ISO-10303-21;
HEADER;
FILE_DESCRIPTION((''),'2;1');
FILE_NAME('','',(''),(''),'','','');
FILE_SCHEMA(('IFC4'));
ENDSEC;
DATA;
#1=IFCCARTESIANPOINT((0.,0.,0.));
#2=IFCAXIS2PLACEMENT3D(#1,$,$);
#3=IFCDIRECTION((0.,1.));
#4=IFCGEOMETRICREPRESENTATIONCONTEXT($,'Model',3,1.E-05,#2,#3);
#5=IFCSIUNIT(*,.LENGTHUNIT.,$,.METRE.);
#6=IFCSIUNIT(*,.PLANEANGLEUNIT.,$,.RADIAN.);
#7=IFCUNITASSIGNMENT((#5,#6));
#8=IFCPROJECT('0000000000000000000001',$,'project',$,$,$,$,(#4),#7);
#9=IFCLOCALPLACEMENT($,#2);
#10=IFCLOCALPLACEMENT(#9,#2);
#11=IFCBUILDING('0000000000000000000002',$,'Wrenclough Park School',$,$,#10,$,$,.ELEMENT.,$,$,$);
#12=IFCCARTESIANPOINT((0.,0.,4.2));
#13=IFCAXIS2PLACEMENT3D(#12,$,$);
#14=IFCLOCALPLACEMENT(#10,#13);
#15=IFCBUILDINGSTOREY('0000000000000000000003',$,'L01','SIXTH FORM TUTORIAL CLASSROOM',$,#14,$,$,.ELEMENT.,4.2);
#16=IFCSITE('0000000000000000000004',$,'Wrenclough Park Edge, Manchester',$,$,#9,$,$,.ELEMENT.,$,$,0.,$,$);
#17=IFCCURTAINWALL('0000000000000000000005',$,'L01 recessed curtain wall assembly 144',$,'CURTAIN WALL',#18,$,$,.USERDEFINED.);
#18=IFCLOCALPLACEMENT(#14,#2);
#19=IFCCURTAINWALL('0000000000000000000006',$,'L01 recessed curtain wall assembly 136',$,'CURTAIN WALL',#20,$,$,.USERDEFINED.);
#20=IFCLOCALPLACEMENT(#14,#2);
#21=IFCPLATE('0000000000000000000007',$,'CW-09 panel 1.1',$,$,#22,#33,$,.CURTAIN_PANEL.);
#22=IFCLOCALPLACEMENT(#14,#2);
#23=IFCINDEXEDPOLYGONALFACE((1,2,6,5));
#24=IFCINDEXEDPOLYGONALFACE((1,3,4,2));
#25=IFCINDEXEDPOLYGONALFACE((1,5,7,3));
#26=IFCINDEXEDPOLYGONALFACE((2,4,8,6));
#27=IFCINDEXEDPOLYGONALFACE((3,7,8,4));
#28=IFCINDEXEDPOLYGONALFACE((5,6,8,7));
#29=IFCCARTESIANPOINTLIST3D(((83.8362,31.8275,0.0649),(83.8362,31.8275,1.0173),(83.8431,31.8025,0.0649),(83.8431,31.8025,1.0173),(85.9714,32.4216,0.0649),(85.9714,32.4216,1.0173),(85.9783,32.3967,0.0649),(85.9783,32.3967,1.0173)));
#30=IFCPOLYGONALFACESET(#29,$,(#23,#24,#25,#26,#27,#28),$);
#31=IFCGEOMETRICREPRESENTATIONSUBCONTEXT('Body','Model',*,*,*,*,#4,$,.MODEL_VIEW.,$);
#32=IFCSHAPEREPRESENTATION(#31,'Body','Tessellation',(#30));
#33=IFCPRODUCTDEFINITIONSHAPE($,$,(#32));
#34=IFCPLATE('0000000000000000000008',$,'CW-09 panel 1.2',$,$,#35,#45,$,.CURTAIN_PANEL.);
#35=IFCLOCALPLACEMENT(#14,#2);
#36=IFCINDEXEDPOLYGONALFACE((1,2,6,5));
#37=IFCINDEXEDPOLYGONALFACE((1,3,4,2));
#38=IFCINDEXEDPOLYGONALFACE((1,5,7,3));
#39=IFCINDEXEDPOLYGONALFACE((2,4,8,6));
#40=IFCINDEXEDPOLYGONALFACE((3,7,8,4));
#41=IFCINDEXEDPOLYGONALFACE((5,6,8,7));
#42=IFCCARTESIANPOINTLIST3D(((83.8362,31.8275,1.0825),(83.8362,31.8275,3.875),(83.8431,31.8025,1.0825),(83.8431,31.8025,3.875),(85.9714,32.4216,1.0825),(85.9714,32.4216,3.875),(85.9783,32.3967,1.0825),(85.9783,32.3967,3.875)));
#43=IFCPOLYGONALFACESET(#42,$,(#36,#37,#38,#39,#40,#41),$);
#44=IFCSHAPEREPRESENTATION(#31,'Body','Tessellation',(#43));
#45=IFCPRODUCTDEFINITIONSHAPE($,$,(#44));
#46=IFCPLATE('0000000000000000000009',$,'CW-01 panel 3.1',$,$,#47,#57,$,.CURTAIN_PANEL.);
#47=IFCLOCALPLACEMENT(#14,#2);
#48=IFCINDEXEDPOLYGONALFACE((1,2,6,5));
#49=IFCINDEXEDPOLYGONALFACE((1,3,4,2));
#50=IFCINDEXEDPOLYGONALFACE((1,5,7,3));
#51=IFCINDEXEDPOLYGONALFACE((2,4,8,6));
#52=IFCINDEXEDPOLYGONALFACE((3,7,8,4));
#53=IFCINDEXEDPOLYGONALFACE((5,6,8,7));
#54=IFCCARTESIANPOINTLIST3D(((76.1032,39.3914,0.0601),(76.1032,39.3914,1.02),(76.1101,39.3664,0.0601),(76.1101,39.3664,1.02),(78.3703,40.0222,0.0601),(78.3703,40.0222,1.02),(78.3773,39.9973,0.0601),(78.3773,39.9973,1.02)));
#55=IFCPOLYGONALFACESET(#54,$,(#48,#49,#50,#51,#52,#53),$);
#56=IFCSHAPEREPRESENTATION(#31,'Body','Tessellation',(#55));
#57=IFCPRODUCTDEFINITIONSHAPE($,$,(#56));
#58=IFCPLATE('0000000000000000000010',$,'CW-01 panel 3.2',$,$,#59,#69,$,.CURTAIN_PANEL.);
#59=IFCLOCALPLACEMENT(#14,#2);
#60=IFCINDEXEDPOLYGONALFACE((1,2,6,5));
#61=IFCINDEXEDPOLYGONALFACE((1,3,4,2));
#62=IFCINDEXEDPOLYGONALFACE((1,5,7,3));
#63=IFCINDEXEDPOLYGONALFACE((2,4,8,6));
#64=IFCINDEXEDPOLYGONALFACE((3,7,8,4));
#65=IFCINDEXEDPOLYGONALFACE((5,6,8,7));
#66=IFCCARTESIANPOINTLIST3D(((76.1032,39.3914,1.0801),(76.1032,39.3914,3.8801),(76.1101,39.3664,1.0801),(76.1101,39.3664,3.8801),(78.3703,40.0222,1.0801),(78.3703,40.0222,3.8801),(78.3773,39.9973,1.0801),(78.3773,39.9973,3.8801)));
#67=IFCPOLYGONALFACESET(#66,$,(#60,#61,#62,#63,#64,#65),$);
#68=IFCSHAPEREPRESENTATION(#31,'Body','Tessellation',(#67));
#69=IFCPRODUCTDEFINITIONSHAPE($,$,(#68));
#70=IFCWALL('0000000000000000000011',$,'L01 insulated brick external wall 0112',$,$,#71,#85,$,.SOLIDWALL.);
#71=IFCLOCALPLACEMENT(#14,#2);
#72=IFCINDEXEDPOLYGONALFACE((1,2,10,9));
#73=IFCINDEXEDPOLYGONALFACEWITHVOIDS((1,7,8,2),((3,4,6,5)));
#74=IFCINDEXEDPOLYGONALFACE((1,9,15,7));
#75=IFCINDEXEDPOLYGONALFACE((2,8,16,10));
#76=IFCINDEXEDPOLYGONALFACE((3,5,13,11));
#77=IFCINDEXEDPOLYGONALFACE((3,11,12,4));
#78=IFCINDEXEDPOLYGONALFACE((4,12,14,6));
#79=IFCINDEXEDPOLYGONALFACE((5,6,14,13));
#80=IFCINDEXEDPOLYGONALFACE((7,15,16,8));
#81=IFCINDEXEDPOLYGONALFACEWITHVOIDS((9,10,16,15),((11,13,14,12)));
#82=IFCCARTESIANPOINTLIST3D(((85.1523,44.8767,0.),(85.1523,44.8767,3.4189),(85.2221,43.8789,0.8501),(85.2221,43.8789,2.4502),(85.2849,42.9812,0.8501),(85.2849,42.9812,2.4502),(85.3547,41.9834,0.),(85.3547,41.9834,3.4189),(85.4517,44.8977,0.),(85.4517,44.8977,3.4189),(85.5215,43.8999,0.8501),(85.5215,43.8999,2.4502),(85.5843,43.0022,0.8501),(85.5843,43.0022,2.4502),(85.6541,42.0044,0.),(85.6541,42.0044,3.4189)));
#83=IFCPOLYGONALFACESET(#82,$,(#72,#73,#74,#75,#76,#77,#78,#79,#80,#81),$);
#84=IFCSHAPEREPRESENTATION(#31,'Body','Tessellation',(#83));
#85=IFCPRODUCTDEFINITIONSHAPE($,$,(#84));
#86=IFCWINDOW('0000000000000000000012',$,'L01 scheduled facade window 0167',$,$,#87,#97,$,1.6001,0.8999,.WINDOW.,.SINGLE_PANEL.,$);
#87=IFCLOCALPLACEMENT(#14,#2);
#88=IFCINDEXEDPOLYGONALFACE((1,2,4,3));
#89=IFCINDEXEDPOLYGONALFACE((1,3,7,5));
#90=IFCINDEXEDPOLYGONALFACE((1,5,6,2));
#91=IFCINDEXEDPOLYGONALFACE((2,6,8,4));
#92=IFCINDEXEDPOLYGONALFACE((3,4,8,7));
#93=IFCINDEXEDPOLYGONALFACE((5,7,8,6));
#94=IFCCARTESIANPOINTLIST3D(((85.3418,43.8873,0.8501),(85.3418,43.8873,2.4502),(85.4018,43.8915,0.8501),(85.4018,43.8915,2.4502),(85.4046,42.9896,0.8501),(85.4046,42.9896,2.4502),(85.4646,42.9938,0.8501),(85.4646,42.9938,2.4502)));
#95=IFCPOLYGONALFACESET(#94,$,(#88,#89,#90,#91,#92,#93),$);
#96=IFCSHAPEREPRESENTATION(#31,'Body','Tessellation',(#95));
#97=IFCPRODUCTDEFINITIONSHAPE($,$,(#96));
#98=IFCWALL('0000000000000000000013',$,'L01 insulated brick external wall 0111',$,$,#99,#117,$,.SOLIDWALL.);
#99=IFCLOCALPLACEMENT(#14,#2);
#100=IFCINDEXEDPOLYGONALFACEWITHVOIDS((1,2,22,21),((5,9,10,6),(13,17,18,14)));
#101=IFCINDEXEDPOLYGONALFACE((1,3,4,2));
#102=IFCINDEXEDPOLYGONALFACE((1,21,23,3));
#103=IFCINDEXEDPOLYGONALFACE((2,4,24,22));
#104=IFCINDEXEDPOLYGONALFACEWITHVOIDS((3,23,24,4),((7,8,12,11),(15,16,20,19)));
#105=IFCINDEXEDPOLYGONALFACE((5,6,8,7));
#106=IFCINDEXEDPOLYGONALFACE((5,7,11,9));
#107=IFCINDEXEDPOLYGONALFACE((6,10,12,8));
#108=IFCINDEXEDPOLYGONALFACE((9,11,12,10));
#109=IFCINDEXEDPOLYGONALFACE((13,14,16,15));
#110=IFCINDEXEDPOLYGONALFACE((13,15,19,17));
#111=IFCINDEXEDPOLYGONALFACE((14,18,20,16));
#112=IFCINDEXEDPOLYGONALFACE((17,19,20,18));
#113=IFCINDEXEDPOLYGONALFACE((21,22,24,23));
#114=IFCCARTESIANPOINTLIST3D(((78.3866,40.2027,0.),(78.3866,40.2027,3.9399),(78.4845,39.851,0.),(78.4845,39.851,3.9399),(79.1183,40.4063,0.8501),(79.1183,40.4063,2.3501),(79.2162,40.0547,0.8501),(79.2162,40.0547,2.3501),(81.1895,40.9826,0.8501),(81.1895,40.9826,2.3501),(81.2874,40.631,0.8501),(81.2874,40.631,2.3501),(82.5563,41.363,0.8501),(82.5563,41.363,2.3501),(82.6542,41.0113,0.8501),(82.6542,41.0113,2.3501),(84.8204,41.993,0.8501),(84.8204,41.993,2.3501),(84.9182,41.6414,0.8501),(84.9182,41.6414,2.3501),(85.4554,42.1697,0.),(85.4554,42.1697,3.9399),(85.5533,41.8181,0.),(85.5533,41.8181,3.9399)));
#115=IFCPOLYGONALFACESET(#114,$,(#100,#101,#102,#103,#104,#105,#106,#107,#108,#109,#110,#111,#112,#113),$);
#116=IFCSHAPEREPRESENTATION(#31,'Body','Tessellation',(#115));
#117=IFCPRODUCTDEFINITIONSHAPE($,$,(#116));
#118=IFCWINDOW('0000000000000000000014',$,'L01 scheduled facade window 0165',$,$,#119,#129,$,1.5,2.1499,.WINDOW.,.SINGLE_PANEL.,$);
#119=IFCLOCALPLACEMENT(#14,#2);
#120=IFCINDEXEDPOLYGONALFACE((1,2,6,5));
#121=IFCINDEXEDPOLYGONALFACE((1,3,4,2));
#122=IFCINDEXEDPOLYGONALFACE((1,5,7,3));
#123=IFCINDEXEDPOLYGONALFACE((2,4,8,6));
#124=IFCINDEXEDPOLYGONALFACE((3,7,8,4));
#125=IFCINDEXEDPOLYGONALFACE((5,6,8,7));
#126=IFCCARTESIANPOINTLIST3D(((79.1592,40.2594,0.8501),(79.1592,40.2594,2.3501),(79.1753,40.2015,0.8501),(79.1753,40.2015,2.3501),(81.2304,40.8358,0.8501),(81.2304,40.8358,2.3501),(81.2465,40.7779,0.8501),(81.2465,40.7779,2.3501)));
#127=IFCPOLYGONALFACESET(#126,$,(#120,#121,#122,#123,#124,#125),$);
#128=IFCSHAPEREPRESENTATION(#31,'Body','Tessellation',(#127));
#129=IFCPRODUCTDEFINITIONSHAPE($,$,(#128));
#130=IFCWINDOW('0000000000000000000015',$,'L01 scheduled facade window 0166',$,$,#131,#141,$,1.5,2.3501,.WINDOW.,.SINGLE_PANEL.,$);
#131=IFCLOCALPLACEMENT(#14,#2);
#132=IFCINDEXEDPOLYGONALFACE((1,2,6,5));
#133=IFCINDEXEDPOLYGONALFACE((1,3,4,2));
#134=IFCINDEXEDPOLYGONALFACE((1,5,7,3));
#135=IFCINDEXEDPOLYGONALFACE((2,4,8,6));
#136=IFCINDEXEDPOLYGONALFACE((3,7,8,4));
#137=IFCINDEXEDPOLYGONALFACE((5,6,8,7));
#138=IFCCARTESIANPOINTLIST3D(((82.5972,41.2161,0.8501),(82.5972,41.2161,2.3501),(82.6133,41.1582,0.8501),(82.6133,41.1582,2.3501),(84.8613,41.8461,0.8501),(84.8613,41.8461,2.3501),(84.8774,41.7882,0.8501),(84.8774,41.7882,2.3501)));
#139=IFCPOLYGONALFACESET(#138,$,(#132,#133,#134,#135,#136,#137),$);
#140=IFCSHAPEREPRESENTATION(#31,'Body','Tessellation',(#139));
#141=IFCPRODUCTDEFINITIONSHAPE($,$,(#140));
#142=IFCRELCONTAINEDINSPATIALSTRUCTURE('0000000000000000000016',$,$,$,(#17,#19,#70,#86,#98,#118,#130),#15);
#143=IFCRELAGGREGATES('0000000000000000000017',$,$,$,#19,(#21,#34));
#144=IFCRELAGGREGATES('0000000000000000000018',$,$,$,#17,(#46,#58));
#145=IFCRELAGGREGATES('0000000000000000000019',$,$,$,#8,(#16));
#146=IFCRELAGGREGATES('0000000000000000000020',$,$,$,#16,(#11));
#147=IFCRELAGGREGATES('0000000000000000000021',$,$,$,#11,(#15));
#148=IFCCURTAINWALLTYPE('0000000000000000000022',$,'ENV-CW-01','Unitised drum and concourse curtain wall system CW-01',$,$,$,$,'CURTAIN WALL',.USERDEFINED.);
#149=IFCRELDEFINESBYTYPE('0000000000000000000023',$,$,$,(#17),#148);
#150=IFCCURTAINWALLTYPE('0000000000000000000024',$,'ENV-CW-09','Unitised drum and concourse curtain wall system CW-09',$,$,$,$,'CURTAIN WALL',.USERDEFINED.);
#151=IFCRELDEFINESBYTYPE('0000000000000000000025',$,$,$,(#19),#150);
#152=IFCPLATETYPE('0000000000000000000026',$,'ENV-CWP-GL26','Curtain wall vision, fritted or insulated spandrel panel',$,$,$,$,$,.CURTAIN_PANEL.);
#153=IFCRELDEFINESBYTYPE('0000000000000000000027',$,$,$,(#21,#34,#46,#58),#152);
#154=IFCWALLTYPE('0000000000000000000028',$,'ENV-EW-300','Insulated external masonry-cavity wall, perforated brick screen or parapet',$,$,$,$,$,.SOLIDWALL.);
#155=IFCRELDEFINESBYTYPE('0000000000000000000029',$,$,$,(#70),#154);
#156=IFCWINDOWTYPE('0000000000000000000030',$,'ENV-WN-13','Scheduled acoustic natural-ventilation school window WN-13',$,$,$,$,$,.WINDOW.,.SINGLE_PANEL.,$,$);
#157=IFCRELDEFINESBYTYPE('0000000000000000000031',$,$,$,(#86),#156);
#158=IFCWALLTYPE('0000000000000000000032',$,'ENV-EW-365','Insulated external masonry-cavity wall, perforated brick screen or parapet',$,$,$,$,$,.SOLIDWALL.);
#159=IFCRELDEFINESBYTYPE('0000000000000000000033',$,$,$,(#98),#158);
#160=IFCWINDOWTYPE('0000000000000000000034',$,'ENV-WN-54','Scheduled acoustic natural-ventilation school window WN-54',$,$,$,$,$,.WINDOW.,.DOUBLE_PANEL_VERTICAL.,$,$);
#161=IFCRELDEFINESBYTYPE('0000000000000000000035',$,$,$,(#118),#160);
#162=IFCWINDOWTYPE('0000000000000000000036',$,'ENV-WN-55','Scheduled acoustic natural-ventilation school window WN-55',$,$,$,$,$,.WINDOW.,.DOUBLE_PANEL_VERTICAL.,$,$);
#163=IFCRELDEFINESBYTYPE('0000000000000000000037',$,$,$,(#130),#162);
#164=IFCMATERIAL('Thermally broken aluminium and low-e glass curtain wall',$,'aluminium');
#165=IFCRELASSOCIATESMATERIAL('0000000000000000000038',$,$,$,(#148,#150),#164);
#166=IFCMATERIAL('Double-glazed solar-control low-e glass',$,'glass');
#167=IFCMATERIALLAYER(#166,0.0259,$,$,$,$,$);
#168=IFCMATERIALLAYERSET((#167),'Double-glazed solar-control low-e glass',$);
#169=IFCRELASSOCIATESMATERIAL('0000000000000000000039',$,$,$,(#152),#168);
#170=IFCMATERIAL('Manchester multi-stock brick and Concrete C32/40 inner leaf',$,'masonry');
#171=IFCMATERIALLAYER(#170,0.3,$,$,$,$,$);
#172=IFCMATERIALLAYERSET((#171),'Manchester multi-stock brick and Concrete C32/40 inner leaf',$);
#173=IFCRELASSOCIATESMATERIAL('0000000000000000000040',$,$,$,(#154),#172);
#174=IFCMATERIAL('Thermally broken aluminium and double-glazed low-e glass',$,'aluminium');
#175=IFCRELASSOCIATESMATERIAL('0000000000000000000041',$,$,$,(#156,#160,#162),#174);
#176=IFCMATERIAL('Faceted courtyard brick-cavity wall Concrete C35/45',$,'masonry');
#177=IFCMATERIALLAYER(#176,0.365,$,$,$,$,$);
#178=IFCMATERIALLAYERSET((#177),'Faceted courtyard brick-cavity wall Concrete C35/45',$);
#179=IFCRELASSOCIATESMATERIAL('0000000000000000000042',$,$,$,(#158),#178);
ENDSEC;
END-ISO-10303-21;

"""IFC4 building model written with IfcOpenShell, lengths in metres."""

from ifc_helpers import new_model, si_unit, direction, frame, frame_2d, origin, origin_2d, place, context, subcontext, project, spatial, rectangle, extrude, material, layer, layer_set, type_object, element, fill, aggregate, save


model = new_model("IFC4")

# Units and contexts
model_context = context("Model", 3, precision=1e-05, world=origin(), true_north=direction((0.0, 1.0)))
body_context = subcontext(model_context, "Body", "Model", "MODEL_VIEW")
ifc_project = project(units=[si_unit("LENGTHUNIT", "METRE"), si_unit("PLANEANGLEUNIT", "RADIAN")], contexts=[model_context])

# Site, building, storey
site_placement = place(None, origin())
site = spatial("IfcSite", under=ifc_project, at=site_placement, Name="Wrenclough Park Edge, Manchester", CompositionType="ELEMENT", RefElevation=0.0)
building_placement = place(site_placement, origin())
building = spatial("IfcBuilding", under=site, at=building_placement, Name="Wrenclough Park School", CompositionType="ELEMENT")
storey_placement = place(building_placement, frame((0.0, 0.0, 4.2)))
storey = spatial("IfcBuildingStorey", under=building, at=storey_placement, Name="L01", Description="SIXTH FORM TUTORIAL CLASSROOM", CompositionType="ELEMENT", Elevation=4.2)

# Curtain wall
ifc_material_1 = material(Name="Thermally broken aluminium and low-e glass curtain wall", Category="aluminium")
curtain_wall_type_1 = type_object("IfcCurtainWallType", Name="ENV-CW-01", Description="Unitised drum and concourse curtain wall system CW-01", ElementType="CURTAIN WALL", PredefinedType="USERDEFINED", material=ifc_material_1)
curtain_wall_1_placement = place(storey_placement, origin())
curtain_wall_1 = element("IfcCurtainWall", 1, at=curtain_wall_1_placement, inside=storey, type_object=curtain_wall_type_1, Name="L01 recessed curtain wall assembly 144", ObjectType="CURTAIN WALL", PredefinedType="USERDEFINED")

# Curtain wall
curtain_wall_type_2 = type_object("IfcCurtainWallType", Name="ENV-CW-09", Description="Unitised drum and concourse curtain wall system CW-09", ElementType="CURTAIN WALL", PredefinedType="USERDEFINED", material=ifc_material_1)
curtain_wall_2_placement = place(storey_placement, origin())
curtain_wall_2 = element("IfcCurtainWall", 2, at=curtain_wall_2_placement, inside=storey, type_object=curtain_wall_type_2, Name="L01 recessed curtain wall assembly 136", ObjectType="CURTAIN WALL", PredefinedType="USERDEFINED")

# Plates
ifc_material_2 = material(Name="Double-glazed solar-control low-e glass", Category="glass")
ifc_layer_1 = layer(ifc_material_2, 0.0259)
ifc_layer_set_1 = layer_set([ifc_layer_1], Name="Double-glazed solar-control low-e glass")
plate_type = type_object("IfcPlateType", Name="ENV-CWP-GL26", Description="Curtain wall vision, fritted or insulated spandrel panel", PredefinedType="CURTAIN_PANEL", material=ifc_layer_set_1)
plate_1_placement = place(storey_placement, frame((84.9072, 32.1121, 0.0649), z_axis=(0.0, 0.0, 1.0), x_axis=(-0.963399, -0.268073, 0.0)))
plate_1 = element("IfcPlate", 3, at=plate_1_placement, type_object=plate_type, Name="CW-09 panel 1.1", PredefinedType="CURTAIN_PANEL", context=body_context, shape_type="SweptSolid", body=[
    extrude(rectangle(XDim=2.2163, YDim=0.0259, at=origin_2d()), origin(), (0.0, 0.0, 1.0), 0.9524),
])
plate_2_placement = place(storey_placement, frame((84.9072, 32.1121, 1.0825), z_axis=(0.0, 0.0, 1.0), x_axis=(-0.963399, -0.268073, 0.0)))
plate_2 = element("IfcPlate", 4, at=plate_2_placement, type_object=plate_type, Name="CW-09 panel 1.2", PredefinedType="CURTAIN_PANEL", context=body_context, shape_type="SweptSolid", body=[
    extrude(rectangle(XDim=2.2163, YDim=0.0259, at=origin_2d()), origin(), (0.0, 0.0, 1.0), 2.7925),
])
aggregate(curtain_wall_2, [plate_1, plate_2])
plate_3_placement = place(storey_placement, frame((77.2402, 39.6943, 0.0601), z_axis=(0.0, 0.0, 1.0), x_axis=(0.963396, 0.268082, 0.0)))
plate_3 = element("IfcPlate", 5, at=plate_3_placement, type_object=plate_type, Name="CW-01 panel 3.1", PredefinedType="CURTAIN_PANEL", context=body_context, shape_type="SweptSolid", body=[
    extrude(rectangle(XDim=2.3533, YDim=0.0259, at=origin_2d()), origin(), (0.0, 0.0, 1.0), 0.96),
])
plate_4_placement = place(storey_placement, frame((77.2402, 39.6943, 1.0801), z_axis=(0.0, 0.0, 1.0), x_axis=(0.963396, 0.268082, 0.0)))
plate_4 = element("IfcPlate", 6, at=plate_4_placement, type_object=plate_type, Name="CW-01 panel 3.2", PredefinedType="CURTAIN_PANEL", context=body_context, shape_type="SweptSolid", body=[
    extrude(rectangle(XDim=2.3533, YDim=0.0259, at=origin_2d()), origin(), (0.0, 0.0, 1.0), 2.8),
])
aggregate(curtain_wall_1, [plate_3, plate_4])

# Wall, opening, window
ifc_material_3 = material(Name="Manchester multi-stock brick and Concrete C32/40 inner leaf", Category="masonry")
ifc_layer_2 = layer(ifc_material_3, 0.3)
ifc_layer_set_2 = layer_set([ifc_layer_2], Name="Manchester multi-stock brick and Concrete C32/40 inner leaf")
wall_type_1 = type_object("IfcWallType", Name="ENV-EW-300", Description="Insulated external masonry-cavity wall, perforated brick screen or parapet", PredefinedType="SOLIDWALL", material=ifc_layer_set_2)
wall_1_placement = place(storey_placement, frame((85.5044, 41.9939, 0.0), z_axis=(0.0, 0.0, 1.0), x_axis=(-0.069781, 0.997562, 0.0)))
wall_1 = element("IfcWall", 7, at=wall_1_placement, inside=storey, type_object=wall_type_1, Name="L01 insulated brick external wall 0112", PredefinedType="SOLIDWALL", context=body_context, shape_type="SweptSolid", body=[
    extrude(rectangle(XDim=2.9004, YDim=0.3, at=frame_2d((1.4502, 0.0))), origin(), (0.0, 0.0, 1.0), 3.4189),
])
opening_1_placement = place(wall_1_placement, frame((1.0002, 0.0, 0.8501)))
opening_1 = element("IfcOpeningElement", 8, at=opening_1_placement, cuts=wall_1, PredefinedType="OPENING", context=body_context, shape_type="SweptSolid", body=[
    extrude(rectangle(XDim=0.8999, YDim=1.6001, at=frame_2d((0.45, 0.8))), frame((0.0, 0.1599, 0.0), z_axis=(0.0, -1.0, 0.0), x_axis=(1.0, 0.0, 0.0)), (0.0, 0.0, 1.0), 0.3201),
])
ifc_material_4 = material(Name="Thermally broken aluminium and double-glazed low-e glass", Category="aluminium")
window_type_1 = type_object("IfcWindowType", Name="ENV-WN-13", Description="Scheduled acoustic natural-ventilation school window WN-13", PartitioningType="SINGLE_PANEL", PredefinedType="WINDOW", material=ifc_material_4)
window_1_placement = place(opening_1_placement, origin())
window_1 = element("IfcWindow", 9, at=window_1_placement, inside=storey, type_object=window_type_1, Name="L01 scheduled facade window 0167", OverallHeight=1.6001, OverallWidth=0.8999, PartitioningType="SINGLE_PANEL", PredefinedType="WINDOW", context=body_context, shape_type="SweptSolid", body=[
    extrude(rectangle(XDim=0.8999, YDim=1.6001, at=frame_2d((0.45, 0.8))), frame((0.0, 0.03, 0.0), z_axis=(0.0, -1.0, 0.0), x_axis=(1.0, 0.0, 0.0)), (0.0, 0.0, 1.0), 0.0601),
])
fill(opening_1, window_1)

# Wall, openings, windows
ifc_material_5 = material(Name="Faceted courtyard brick-cavity wall Concrete C35/45", Category="masonry")
ifc_layer_3 = layer(ifc_material_5, 0.365)
ifc_layer_set_3 = layer_set([ifc_layer_3], Name="Faceted courtyard brick-cavity wall Concrete C35/45")
wall_type_2 = type_object("IfcWallType", Name="ENV-EW-365", Description="Insulated external masonry-cavity wall, perforated brick screen or parapet", PredefinedType="SOLIDWALL", material=ifc_layer_set_3)
wall_2_placement = place(storey_placement, frame((78.4355, 40.0269, 0.0), z_axis=(0.0, 0.0, 1.0), x_axis=(0.963396, 0.268083, 0.0)))
wall_2 = element("IfcWall", 10, at=wall_2_placement, inside=storey, type_object=wall_type_2, Name="L01 insulated brick external wall 0111", PredefinedType="SOLIDWALL", context=body_context, shape_type="SweptSolid", body=[
    extrude(rectangle(XDim=7.3374, YDim=0.365, at=frame_2d((3.6687, 0.0))), origin(), (0.0, 0.0, 1.0), 3.9399),
])
opening_2_placement = place(wall_2_placement, frame((0.7595, 0.0, 0.8501)))
opening_2 = element("IfcOpeningElement", 11, at=opening_2_placement, cuts=wall_2, PredefinedType="OPENING", context=body_context, shape_type="SweptSolid", body=[
    extrude(rectangle(XDim=2.1499, YDim=1.5, at=frame_2d((1.075, 0.75))), frame((0.0, 0.1924, 0.0), z_axis=(0.0, -1.0, 0.0), x_axis=(1.0, 0.0, 0.0)), (0.0, 0.0, 1.0), 0.385),
])
opening_3_placement = place(wall_2_placement, frame((4.3281, 0.0, 0.8501)))
opening_3 = element("IfcOpeningElement", 12, at=opening_3_placement, cuts=wall_2, PredefinedType="OPENING", context=body_context, shape_type="SweptSolid", body=[
    extrude(rectangle(XDim=2.3501, YDim=1.5, at=frame_2d((1.175, 0.75))), frame((0.0, 0.1924, 0.0), z_axis=(0.0, -1.0, 0.0), x_axis=(1.0, 0.0, 0.0)), (0.0, 0.0, 1.0), 0.385),
])
window_type_2 = type_object("IfcWindowType", Name="ENV-WN-54", Description="Scheduled acoustic natural-ventilation school window WN-54", PartitioningType="DOUBLE_PANEL_VERTICAL", PredefinedType="WINDOW", material=ifc_material_4)
window_2_placement = place(opening_2_placement, origin())
window_2 = element("IfcWindow", 13, at=window_2_placement, inside=storey, type_object=window_type_2, Name="L01 scheduled facade window 0165", OverallHeight=1.5, OverallWidth=2.1499, PartitioningType="SINGLE_PANEL", PredefinedType="WINDOW", context=body_context, shape_type="SweptSolid", body=[
    extrude(rectangle(XDim=2.1499, YDim=1.5, at=frame_2d((1.075, 0.75))), frame((0.0, 0.03, 0.0), z_axis=(0.0, -1.0, 0.0), x_axis=(1.0, 0.0, 0.0)), (0.0, 0.0, 1.0), 0.0601),
])
fill(opening_2, window_2)
window_type_3 = type_object("IfcWindowType", Name="ENV-WN-55", Description="Scheduled acoustic natural-ventilation school window WN-55", PartitioningType="DOUBLE_PANEL_VERTICAL", PredefinedType="WINDOW", material=ifc_material_4)
window_3_placement = place(opening_3_placement, origin())
window_3 = element("IfcWindow", 14, at=window_3_placement, inside=storey, type_object=window_type_3, Name="L01 scheduled facade window 0166", OverallHeight=1.5, OverallWidth=2.3501, PartitioningType="SINGLE_PANEL", PredefinedType="WINDOW", context=body_context, shape_type="SweptSolid", body=[
    extrude(rectangle(XDim=2.3501, YDim=1.5, at=frame_2d((1.175, 0.75))), frame((0.0, 0.03, 0.0), z_axis=(0.0, -1.0, 0.0), x_axis=(1.0, 0.0, 0.0)), (0.0, 0.0, 1.0), 0.0601),
])
fill(opening_3, window_3)

save(model, "model.ifc")
